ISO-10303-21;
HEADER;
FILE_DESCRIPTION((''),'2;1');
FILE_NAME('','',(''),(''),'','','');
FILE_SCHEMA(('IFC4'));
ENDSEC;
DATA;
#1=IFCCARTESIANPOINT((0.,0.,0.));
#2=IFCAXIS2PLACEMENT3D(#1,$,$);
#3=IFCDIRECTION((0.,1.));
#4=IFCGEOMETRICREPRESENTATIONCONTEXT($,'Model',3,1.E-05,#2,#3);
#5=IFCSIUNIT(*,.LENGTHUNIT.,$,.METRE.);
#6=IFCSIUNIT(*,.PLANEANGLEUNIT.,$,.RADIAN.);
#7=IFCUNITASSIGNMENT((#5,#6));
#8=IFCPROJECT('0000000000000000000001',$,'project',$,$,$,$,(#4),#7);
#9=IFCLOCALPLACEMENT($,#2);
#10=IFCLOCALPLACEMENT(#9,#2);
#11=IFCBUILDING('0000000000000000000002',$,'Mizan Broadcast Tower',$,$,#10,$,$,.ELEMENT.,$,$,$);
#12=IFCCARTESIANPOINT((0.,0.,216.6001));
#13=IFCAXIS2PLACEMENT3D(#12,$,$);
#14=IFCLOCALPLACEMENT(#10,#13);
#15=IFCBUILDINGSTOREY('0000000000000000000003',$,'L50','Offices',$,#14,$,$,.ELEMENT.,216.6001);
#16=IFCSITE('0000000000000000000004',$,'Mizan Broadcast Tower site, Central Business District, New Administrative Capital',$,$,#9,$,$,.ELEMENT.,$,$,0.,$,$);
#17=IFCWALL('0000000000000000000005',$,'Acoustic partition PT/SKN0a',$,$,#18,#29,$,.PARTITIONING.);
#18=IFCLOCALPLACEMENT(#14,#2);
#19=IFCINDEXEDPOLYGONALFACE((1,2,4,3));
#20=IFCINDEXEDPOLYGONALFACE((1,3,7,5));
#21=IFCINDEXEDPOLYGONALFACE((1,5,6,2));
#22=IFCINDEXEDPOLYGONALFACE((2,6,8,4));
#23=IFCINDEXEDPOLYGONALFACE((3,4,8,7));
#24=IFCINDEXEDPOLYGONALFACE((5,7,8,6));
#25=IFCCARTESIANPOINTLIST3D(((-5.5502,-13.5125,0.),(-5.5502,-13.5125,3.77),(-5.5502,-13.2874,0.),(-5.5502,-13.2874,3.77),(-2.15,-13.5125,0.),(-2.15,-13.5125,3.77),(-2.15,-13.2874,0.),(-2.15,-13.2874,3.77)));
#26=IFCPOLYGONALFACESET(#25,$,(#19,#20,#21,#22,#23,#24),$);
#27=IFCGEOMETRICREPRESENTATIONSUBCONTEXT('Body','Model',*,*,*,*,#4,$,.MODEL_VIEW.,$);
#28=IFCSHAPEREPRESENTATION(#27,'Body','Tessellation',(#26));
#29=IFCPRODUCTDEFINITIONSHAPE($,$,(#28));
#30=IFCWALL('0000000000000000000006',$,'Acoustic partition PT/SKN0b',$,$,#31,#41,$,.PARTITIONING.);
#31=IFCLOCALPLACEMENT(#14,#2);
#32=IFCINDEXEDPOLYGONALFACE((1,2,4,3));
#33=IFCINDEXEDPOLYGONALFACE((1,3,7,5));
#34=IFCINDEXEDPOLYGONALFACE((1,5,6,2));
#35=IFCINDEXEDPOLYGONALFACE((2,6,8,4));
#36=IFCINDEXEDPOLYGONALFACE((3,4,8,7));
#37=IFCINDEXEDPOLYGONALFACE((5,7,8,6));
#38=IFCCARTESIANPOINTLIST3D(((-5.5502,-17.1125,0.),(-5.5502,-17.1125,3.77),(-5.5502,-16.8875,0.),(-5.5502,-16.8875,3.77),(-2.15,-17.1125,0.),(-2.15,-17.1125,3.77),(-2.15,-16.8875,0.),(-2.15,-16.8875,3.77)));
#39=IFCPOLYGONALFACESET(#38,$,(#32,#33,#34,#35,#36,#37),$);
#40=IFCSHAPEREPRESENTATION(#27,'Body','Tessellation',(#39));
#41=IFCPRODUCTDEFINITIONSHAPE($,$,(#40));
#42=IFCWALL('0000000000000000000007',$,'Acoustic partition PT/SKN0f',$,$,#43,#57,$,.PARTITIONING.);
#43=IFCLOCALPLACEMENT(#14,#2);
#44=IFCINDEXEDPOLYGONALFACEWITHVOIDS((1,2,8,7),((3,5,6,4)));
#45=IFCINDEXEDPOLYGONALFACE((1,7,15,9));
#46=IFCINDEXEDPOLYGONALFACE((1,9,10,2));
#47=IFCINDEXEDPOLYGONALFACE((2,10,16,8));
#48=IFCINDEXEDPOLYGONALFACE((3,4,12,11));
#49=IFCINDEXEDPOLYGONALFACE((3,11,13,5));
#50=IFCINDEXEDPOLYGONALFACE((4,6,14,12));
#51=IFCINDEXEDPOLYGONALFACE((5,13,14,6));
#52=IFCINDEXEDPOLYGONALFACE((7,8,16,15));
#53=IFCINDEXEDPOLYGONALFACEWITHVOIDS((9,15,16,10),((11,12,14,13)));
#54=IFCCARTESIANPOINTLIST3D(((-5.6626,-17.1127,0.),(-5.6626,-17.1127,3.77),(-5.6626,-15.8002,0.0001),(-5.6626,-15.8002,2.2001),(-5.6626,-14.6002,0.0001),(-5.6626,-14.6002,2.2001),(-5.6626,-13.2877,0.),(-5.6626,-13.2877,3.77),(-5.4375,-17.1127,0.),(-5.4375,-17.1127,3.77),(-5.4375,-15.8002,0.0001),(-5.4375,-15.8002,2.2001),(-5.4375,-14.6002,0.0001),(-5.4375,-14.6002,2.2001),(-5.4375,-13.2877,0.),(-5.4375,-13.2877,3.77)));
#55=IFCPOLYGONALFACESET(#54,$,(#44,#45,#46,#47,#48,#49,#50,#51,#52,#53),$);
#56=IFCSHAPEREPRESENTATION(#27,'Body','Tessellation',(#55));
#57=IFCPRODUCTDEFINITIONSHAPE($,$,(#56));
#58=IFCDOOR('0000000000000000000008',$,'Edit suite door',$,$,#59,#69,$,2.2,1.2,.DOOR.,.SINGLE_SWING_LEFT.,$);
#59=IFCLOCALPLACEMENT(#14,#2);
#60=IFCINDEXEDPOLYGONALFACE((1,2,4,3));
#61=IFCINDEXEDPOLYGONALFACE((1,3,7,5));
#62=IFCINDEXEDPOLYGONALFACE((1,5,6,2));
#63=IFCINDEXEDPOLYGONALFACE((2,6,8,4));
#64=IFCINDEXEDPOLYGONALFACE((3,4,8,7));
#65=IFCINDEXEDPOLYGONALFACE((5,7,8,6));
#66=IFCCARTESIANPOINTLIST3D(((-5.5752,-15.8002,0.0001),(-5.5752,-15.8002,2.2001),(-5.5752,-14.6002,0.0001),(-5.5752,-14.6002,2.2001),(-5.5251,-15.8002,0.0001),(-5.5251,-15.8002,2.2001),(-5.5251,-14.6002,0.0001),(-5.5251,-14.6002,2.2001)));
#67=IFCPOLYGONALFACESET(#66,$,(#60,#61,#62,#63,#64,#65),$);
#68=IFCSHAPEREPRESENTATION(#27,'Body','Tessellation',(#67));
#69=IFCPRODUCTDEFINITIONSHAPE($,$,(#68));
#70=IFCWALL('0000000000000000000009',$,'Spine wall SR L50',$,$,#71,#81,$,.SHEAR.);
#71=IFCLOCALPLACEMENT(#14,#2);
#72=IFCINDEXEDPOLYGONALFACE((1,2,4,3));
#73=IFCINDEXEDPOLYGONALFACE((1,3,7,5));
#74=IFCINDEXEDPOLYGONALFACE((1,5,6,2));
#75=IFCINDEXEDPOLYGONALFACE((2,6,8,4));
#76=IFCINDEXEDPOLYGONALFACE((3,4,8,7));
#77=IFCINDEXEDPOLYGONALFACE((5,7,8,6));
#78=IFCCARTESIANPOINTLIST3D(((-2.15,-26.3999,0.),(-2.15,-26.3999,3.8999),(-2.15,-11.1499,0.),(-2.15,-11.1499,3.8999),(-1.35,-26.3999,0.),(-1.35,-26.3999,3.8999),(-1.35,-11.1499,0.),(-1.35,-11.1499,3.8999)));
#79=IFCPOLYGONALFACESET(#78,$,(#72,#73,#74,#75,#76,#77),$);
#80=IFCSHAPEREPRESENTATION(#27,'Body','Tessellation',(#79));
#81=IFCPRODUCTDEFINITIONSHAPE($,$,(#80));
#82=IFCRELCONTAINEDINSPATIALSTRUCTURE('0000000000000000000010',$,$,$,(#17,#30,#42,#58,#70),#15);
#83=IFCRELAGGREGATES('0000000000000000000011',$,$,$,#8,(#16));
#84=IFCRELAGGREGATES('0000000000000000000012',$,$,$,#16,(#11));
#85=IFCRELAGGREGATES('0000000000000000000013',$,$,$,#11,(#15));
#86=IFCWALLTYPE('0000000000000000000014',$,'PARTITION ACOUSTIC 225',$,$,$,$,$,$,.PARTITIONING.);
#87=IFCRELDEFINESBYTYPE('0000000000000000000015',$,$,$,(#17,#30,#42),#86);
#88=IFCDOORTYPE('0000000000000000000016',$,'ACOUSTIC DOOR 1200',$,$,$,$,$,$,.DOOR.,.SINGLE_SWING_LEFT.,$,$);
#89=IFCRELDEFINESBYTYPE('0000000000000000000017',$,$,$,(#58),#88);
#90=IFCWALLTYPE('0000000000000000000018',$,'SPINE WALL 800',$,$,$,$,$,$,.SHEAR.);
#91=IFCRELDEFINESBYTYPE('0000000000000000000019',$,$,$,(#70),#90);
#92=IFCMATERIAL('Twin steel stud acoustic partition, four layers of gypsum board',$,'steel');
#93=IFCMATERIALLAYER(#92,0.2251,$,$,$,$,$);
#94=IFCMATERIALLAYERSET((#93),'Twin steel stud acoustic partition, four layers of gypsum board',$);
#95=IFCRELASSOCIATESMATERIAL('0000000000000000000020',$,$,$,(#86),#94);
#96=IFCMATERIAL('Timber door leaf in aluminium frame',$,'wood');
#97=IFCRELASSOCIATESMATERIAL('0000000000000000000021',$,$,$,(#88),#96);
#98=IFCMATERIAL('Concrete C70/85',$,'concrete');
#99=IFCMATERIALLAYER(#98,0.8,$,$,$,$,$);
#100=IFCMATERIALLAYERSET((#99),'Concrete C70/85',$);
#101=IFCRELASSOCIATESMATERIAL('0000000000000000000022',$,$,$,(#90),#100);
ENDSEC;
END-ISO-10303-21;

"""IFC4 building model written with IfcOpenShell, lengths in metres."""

from ifc_helpers import new_model, si_unit, direction, frame, frame_2d, origin, place, context, subcontext, project, spatial, rectangle, extrude, material, layer, layer_set, type_object, element, fill, save


model = new_model("IFC4")

# Units and contexts
model_context = context("Model", 3, precision=1e-05, world=origin(), true_north=direction((0.0, 1.0)))
body_context = subcontext(model_context, "Body", "Model", "MODEL_VIEW")
ifc_project = project(units=[si_unit("LENGTHUNIT", "METRE"), si_unit("PLANEANGLEUNIT", "RADIAN")], contexts=[model_context])

# Site, building, storey
site_placement = place(None, origin())
site = spatial("IfcSite", under=ifc_project, at=site_placement, Name="Mizan Broadcast Tower site, Central Business District, New Administrative Capital", CompositionType="ELEMENT", RefElevation=0.0)
building_placement = place(site_placement, origin())
building = spatial("IfcBuilding", under=site, at=building_placement, Name="Mizan Broadcast Tower", CompositionType="ELEMENT")
storey_placement = place(building_placement, frame((0.0, 0.0, 216.6001)))
storey = spatial("IfcBuildingStorey", under=building, at=storey_placement, Name="L50", Description="Offices", CompositionType="ELEMENT", Elevation=216.6001)

# Walls
ifc_material_1 = material(Name="Twin steel stud acoustic partition, four layers of gypsum board", Category="steel")
ifc_layer_1 = layer(ifc_material_1, 0.2251)
ifc_layer_set_1 = layer_set([ifc_layer_1], Name="Twin steel stud acoustic partition, four layers of gypsum board")
wall_type_1 = type_object("IfcWallType", Name="PARTITION ACOUSTIC 225", PredefinedType="PARTITIONING", material=ifc_layer_set_1)
for number, where, z_axis, x_axis, name in (
    (1, (-2.1499, -13.3999, 0.0), (0.0, 0.0, 1.0), (-1.0, 0.0, 0.0), "Acoustic partition PT/SKN0a"),
    (2, (-2.1499, -17.0, 0.0), (0.0, 0.0, 1.0), (-1.0, 0.0, 0.0), "Acoustic partition PT/SKN0b"),
):
    element("IfcWall", number, at=place(storey_placement, frame(where, z_axis=z_axis, x_axis=x_axis)), inside=storey, type_object=wall_type_1, Name=name, PredefinedType="PARTITIONING", context=body_context, shape_type="SweptSolid", body=[
        extrude(rectangle(XDim=3.4001, YDim=0.2251, at=frame_2d((1.7002, 0.0))), origin(), (0.0, 0.0, 1.0), 3.77),
    ])

# Wall, opening, door
wall_1_placement = place(storey_placement, frame((-5.55, -13.2876, 0.0), z_axis=(0.0, 0.0, 1.0), x_axis=(0.0, -1.0, 0.0)))
wall_1 = element("IfcWall", 3, at=wall_1_placement, inside=storey, type_object=wall_type_1, Name="Acoustic partition PT/SKN0f", PredefinedType="PARTITIONING", context=body_context, shape_type="SweptSolid", body=[
    extrude(rectangle(XDim=3.825, YDim=0.2251, at=frame_2d((1.9126, 0.0))), origin(), (0.0, 0.0, 1.0), 3.77),
])
opening_1_placement = place(wall_1_placement, frame((1.3125, 0.0, 0.0)))
opening_1 = element("IfcOpeningElement", 4, at=opening_1_placement, cuts=wall_1, PredefinedType="OPENING", context=body_context, shape_type="SweptSolid", body=[
    extrude(rectangle(XDim=1.2, YDim=2.2, at=frame_2d((0.6001, 1.1001))), frame((0.0, 0.1226, 0.0), z_axis=(0.0, -1.0, 0.0), x_axis=(1.0, 0.0, 0.0)), (0.0, 0.0, 1.0), 0.2451),
])
ifc_material_2 = material(Name="Timber door leaf in aluminium frame", Category="wood")
door_type_1 = type_object("IfcDoorType", Name="ACOUSTIC DOOR 1200", OperationType="SINGLE_SWING_LEFT", PredefinedType="DOOR", material=ifc_material_2)
door_1_placement = place(opening_1_placement, origin())
door_1 = element("IfcDoor", 5, at=door_1_placement, inside=storey, type_object=door_type_1, Name="Edit suite door", OperationType="SINGLE_SWING_LEFT", OverallHeight=2.2, OverallWidth=1.2, PredefinedType="DOOR", context=body_context, shape_type="SweptSolid", body=[
    extrude(rectangle(XDim=1.2, YDim=2.2, at=frame_2d((0.6001, 1.1001))), frame((0.0, 0.0249, 0.0), z_axis=(0.0, -1.0, 0.0), x_axis=(1.0, 0.0, 0.0)), (0.0, 0.0, 1.0), 0.05),
])
fill(opening_1, door_1)

# Wall
ifc_material_3 = material(Name="Concrete C70/85", Category="concrete")
ifc_layer_2 = layer(ifc_material_3, 0.8)
ifc_layer_set_2 = layer_set([ifc_layer_2], Name="Concrete C70/85")
wall_type_2 = type_object("IfcWallType", Name="SPINE WALL 800", PredefinedType="SHEAR", material=ifc_layer_set_2)
wall_2_placement = place(storey_placement, frame((-1.75, -11.1499, 0.0), z_axis=(0.0, 0.0, 1.0), x_axis=(0.0, -1.0, 0.0)))
element("IfcWall", 6, at=wall_2_placement, inside=storey, type_object=wall_type_2, Name="Spine wall SR L50", PredefinedType="SHEAR", context=body_context, shape_type="SweptSolid", body=[
    extrude(rectangle(XDim=15.25, YDim=0.8, at=frame_2d((7.625, 0.0))), origin(), (0.0, 0.0, 1.0), 3.8999),
])

save(model, "model.ifc")
